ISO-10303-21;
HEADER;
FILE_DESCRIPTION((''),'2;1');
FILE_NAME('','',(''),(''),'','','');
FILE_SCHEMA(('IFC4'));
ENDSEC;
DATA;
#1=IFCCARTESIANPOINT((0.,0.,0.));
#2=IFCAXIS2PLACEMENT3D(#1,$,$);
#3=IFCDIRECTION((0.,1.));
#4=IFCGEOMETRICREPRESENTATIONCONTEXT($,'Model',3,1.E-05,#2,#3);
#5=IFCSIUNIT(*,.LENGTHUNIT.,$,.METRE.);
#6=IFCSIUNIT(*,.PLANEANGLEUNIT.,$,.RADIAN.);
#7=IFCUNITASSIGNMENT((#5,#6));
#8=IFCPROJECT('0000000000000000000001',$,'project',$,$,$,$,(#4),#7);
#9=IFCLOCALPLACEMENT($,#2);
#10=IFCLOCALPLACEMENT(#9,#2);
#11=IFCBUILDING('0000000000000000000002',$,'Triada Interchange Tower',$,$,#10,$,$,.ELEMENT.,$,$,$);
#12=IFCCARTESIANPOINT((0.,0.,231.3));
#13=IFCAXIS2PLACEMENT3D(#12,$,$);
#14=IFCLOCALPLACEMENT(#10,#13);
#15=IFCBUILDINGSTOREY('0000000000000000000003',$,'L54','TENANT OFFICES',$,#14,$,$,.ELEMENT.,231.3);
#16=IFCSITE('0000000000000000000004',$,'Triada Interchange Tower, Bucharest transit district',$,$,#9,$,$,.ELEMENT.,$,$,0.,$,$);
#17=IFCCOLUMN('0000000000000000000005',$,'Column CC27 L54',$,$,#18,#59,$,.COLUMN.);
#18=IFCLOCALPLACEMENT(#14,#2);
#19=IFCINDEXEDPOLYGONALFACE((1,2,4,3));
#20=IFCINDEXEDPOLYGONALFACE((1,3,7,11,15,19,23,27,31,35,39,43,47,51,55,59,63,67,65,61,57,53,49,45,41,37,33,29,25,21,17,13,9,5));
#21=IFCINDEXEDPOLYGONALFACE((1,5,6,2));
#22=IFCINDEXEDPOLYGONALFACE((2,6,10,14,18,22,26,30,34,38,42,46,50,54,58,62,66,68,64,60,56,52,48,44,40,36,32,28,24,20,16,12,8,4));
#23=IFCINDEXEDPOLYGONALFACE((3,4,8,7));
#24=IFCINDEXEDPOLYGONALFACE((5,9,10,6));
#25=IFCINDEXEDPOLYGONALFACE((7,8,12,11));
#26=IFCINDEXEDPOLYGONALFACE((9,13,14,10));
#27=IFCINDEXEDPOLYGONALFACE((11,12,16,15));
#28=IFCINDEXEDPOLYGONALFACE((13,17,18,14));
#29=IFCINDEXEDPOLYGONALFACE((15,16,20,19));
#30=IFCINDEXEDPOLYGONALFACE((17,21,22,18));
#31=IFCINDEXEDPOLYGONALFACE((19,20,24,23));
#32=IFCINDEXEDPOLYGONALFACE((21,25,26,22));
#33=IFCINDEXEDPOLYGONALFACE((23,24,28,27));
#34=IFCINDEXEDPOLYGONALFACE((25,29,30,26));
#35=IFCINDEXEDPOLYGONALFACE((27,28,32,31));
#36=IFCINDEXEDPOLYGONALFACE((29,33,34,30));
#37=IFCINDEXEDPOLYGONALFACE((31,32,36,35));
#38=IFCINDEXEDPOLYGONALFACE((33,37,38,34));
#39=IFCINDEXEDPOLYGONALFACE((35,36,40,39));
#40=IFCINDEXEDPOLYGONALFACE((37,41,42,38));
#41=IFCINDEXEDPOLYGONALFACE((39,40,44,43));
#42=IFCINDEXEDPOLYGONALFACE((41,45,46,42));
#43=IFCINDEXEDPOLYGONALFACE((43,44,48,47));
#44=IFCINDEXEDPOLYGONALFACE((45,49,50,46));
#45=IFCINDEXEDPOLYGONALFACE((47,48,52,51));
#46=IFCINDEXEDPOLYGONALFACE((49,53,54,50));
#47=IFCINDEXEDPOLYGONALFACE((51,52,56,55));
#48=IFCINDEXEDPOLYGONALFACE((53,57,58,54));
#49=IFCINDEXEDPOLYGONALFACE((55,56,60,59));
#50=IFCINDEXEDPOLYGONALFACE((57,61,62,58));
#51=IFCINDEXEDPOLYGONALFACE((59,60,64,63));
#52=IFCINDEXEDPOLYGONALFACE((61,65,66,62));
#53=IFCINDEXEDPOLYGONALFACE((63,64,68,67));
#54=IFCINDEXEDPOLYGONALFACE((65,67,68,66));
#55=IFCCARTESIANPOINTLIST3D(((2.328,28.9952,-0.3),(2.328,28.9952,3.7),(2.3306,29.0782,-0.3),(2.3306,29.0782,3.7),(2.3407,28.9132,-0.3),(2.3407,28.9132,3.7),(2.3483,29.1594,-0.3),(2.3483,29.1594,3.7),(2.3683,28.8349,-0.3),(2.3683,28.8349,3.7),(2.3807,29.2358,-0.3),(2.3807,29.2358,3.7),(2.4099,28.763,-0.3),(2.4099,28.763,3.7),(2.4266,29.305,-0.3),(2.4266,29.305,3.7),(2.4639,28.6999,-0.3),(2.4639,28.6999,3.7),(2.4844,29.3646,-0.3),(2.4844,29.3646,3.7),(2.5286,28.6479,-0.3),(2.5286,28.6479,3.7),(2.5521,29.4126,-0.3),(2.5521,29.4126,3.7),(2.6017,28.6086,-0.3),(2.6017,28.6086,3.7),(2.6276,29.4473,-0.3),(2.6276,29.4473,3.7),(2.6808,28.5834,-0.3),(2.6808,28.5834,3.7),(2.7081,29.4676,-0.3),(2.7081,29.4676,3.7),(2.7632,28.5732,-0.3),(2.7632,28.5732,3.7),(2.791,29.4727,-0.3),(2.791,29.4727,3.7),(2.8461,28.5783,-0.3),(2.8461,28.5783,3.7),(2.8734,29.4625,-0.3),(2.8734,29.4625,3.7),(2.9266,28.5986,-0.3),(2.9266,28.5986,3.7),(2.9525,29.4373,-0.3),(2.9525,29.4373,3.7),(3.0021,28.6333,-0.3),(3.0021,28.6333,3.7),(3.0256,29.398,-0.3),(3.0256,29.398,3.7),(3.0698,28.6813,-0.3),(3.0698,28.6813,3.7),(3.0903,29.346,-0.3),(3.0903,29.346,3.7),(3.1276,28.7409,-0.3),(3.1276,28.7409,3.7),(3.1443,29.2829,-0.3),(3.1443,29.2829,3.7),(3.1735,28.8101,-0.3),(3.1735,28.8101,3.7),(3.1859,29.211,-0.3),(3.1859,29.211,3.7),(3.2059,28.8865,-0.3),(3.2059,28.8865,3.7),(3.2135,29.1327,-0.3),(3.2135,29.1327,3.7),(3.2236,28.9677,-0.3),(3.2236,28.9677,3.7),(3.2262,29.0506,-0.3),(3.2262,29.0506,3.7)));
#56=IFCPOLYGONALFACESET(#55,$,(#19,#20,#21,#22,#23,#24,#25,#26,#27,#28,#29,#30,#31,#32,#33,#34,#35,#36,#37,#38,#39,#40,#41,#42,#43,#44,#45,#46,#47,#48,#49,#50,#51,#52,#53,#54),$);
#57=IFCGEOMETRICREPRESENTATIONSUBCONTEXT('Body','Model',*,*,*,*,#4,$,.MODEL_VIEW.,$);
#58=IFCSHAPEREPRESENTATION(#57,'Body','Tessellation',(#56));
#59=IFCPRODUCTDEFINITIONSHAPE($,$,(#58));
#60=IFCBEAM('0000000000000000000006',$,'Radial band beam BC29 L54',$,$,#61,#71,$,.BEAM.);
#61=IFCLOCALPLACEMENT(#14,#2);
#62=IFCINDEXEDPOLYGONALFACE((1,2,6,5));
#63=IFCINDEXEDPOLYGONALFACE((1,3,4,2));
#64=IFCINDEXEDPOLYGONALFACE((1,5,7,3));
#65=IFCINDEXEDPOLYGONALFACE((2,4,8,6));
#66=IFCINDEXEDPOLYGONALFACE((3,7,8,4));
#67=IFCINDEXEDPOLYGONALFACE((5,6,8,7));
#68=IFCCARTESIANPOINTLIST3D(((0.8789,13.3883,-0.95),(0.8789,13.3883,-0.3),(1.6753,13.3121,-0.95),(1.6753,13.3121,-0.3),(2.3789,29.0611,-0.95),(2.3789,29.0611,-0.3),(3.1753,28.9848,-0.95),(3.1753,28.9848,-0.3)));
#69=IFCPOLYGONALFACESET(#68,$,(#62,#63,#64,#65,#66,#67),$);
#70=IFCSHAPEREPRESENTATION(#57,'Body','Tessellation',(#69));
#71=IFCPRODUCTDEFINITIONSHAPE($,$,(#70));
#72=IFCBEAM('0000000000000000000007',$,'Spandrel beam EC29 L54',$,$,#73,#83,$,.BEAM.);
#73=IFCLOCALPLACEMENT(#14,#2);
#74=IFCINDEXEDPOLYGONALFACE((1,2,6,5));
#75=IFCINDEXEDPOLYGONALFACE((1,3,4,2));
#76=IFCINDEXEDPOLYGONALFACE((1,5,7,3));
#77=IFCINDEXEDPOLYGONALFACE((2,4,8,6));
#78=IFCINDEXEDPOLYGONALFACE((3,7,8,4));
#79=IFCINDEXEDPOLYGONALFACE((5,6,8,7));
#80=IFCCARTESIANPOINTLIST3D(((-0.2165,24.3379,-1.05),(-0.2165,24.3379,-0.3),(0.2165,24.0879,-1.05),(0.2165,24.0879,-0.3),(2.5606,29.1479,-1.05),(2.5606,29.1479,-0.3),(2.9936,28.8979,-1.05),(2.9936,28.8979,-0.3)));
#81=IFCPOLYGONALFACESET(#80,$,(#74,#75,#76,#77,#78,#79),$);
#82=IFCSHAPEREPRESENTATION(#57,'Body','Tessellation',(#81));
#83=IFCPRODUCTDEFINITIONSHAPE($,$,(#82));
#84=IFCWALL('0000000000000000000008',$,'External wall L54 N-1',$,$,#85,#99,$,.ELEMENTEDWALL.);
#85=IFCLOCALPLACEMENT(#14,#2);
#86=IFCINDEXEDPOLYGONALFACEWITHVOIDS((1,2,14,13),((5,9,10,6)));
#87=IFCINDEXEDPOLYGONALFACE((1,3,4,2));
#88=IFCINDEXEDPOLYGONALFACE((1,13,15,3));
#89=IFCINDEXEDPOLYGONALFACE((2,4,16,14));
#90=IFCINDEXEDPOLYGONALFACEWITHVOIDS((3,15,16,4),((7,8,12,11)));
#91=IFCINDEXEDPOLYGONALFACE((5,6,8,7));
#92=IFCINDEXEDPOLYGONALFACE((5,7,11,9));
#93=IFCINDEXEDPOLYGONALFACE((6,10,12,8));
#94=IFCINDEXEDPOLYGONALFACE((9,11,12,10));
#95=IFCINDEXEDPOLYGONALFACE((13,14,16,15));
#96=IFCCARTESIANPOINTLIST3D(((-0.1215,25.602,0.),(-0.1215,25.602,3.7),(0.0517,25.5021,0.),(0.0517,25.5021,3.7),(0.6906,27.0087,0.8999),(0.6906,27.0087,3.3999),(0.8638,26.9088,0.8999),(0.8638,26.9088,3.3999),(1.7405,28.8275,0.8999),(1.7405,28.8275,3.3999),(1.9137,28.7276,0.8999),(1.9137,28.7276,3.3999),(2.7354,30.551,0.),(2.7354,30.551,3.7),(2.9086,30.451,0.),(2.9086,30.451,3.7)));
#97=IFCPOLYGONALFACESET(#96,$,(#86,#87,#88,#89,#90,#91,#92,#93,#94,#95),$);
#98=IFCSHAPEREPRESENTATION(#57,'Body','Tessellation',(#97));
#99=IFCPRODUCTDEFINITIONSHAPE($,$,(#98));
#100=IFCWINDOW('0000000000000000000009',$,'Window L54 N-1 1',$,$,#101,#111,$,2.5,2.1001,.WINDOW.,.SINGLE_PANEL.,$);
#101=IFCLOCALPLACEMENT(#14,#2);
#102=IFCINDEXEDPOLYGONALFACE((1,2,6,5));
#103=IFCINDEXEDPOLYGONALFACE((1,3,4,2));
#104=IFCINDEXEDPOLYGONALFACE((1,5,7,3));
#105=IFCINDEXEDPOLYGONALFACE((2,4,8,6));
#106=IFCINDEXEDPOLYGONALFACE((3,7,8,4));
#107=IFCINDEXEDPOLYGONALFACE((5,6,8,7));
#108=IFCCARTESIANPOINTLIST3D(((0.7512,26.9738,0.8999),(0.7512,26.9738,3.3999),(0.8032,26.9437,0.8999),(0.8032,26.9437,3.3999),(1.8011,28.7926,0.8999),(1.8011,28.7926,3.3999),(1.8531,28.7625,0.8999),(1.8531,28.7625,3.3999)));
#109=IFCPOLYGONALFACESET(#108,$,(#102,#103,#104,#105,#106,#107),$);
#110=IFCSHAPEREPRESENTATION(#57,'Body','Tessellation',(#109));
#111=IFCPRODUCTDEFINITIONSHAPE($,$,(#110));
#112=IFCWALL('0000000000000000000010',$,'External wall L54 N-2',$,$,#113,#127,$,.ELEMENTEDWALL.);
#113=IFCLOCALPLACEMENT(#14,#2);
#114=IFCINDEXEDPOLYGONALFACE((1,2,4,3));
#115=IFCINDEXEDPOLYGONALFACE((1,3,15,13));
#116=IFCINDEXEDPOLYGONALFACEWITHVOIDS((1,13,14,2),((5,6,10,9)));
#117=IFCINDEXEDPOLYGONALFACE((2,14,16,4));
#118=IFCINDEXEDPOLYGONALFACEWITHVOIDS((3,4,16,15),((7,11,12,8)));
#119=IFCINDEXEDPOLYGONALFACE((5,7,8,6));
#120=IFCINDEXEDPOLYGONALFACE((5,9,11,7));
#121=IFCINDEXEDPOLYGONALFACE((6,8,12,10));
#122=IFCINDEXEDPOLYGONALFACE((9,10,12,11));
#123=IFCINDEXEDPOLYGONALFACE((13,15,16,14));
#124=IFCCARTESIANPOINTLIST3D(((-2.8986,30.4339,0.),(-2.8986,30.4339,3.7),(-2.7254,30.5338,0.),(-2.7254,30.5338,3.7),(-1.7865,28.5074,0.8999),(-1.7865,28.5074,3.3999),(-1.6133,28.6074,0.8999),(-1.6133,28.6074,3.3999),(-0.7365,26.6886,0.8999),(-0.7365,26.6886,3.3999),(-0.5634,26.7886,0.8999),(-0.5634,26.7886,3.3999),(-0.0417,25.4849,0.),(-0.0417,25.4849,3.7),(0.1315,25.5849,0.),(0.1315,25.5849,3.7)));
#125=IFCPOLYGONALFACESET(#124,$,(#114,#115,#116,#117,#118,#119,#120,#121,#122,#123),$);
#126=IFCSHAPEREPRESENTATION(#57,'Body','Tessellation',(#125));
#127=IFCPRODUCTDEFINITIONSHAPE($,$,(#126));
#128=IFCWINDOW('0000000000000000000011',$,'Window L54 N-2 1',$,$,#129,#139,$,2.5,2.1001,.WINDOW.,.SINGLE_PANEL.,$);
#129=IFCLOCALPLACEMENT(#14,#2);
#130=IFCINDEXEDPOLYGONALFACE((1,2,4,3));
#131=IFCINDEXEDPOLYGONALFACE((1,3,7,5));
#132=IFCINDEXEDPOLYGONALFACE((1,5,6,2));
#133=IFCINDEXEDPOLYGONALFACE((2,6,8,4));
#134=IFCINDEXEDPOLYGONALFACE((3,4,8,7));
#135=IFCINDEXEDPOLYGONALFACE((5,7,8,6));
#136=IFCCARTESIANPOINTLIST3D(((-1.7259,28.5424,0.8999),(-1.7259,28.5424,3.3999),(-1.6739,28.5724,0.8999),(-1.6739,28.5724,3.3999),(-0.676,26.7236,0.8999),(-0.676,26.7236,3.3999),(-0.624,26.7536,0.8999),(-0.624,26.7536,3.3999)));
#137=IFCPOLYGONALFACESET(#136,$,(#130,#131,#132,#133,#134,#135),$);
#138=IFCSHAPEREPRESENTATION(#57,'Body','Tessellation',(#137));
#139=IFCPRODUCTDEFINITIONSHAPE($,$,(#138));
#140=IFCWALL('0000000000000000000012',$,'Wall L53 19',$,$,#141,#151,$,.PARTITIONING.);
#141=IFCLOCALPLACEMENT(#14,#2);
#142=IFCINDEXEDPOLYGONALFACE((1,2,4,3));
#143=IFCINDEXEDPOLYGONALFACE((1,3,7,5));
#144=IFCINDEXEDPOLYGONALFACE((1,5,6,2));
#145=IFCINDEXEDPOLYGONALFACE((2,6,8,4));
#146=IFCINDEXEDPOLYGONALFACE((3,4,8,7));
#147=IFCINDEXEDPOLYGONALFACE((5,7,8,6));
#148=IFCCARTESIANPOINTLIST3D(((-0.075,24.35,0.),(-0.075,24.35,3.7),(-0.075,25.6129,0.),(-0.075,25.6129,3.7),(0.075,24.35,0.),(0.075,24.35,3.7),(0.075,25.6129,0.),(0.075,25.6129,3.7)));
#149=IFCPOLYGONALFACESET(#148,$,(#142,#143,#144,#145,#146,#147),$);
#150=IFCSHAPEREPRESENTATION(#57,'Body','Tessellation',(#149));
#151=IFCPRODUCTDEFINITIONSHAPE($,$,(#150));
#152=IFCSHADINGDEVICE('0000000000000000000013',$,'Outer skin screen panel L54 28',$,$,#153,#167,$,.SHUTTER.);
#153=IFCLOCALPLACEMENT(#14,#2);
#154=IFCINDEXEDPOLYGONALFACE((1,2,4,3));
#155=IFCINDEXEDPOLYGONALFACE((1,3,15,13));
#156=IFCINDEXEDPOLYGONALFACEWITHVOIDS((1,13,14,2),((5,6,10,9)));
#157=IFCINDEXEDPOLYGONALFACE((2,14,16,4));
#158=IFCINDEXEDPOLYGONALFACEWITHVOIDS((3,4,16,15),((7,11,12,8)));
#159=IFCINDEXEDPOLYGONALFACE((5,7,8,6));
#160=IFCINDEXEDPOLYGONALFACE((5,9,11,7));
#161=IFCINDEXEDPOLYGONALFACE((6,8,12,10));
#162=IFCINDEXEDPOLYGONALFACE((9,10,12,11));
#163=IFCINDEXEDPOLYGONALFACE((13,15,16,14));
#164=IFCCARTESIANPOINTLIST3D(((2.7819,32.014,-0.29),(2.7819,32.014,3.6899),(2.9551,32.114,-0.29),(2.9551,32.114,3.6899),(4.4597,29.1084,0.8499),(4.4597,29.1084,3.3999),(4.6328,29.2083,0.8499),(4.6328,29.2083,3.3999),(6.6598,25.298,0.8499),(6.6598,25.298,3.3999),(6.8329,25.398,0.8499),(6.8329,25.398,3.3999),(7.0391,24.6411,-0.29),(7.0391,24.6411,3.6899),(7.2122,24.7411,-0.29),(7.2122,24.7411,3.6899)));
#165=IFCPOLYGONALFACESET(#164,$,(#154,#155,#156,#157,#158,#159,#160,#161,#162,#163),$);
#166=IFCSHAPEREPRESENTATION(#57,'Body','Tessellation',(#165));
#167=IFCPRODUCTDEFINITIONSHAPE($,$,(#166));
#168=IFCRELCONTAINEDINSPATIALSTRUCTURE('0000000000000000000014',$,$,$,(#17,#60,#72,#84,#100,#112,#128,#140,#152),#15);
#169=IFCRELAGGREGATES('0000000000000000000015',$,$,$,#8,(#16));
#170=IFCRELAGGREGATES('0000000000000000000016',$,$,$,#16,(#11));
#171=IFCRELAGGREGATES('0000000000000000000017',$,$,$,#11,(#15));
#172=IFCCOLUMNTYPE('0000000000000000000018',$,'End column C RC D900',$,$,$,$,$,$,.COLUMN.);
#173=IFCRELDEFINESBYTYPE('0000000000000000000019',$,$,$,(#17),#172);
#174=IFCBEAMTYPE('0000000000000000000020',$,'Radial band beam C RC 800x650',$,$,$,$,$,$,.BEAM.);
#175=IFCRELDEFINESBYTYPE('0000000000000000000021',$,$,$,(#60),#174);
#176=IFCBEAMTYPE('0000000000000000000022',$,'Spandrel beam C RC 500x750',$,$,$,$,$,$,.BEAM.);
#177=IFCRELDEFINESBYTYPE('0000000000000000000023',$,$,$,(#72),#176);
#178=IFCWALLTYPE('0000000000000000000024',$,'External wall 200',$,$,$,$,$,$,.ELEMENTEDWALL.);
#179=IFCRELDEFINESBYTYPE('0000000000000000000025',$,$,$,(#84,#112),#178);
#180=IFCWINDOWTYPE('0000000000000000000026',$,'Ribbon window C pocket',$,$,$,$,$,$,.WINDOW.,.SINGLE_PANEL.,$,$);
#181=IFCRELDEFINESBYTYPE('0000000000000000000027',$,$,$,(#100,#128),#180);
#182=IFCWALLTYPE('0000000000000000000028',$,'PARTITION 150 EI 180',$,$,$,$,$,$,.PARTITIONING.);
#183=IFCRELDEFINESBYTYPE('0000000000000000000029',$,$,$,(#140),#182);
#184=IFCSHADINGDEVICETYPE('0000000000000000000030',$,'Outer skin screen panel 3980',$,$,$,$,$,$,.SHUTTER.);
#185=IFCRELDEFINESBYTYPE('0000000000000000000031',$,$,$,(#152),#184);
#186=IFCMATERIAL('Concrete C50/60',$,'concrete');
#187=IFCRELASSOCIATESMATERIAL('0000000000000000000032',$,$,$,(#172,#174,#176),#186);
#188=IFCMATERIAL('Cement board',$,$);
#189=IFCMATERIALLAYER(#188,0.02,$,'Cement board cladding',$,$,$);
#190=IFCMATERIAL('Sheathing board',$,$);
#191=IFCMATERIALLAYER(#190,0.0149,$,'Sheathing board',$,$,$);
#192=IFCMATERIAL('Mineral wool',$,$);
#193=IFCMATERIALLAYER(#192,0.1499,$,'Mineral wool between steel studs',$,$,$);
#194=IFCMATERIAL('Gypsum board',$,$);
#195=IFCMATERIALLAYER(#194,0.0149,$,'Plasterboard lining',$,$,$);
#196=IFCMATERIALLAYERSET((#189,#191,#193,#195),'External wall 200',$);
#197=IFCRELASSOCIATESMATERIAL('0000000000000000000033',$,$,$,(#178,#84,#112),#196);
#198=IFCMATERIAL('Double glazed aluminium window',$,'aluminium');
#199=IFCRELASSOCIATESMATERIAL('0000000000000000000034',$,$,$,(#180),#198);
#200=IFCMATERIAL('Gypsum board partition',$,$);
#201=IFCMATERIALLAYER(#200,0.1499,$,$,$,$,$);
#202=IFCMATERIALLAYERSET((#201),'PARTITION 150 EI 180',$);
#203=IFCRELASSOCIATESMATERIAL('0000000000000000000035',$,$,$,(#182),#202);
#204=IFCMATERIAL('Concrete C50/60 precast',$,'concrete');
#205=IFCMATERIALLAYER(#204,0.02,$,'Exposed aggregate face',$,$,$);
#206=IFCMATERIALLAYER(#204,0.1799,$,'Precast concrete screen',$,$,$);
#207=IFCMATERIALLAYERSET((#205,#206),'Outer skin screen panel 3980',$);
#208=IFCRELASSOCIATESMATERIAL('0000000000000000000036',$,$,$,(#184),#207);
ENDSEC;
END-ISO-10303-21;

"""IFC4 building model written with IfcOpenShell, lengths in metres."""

from ifc_helpers import new_model, si_unit, direction, frame, frame_2d, origin, origin_2d, place, context, subcontext, project, spatial, polyline, rectangle, circle, outline, extrude, material, layer, layer_set, layer_usage, material_profile, profile_set, type_object, element, fill, save


model = new_model("IFC4")

# Units and contexts
model_context = context("Model", 3, precision=1e-05, world=origin(), true_north=direction((0.0, 1.0)))
body_context = subcontext(model_context, "Body", "Model", "MODEL_VIEW")
ifc_project = project(units=[si_unit("LENGTHUNIT", "METRE"), si_unit("PLANEANGLEUNIT", "RADIAN")], contexts=[model_context])

# Site, building, storey
site_placement = place(None, origin())
site = spatial("IfcSite", under=ifc_project, at=site_placement, Name="Triada Interchange Tower, Bucharest transit district", CompositionType="ELEMENT", RefElevation=0.0)
building_placement = place(site_placement, origin())
building = spatial("IfcBuilding", under=site, at=building_placement, Name="Triada Interchange Tower", CompositionType="ELEMENT")
storey_placement = place(building_placement, frame((0.0, 0.0, 231.3)))
storey = spatial("IfcBuildingStorey", under=building, at=storey_placement, Name="L54", Description="TENANT OFFICES", CompositionType="ELEMENT", Elevation=231.3)

# Column
ifc_material_1 = material(Name="Concrete C50/60", Category="concrete")
ifc_material_profile_1 = material_profile(ifc_material_1, circle(Radius=0.45, at=origin_2d()), Name="RC D900")
ifc_profile_set_1 = profile_set([ifc_material_profile_1], Name="Concrete C50/60")
column_type = type_object("IfcColumnType", Name="End column C RC D900", PredefinedType="COLUMN", material=ifc_profile_set_1)
column_placement = place(storey_placement, frame((2.7771, 29.0229, -0.3), z_axis=(0.0, 0.0, 1.0), x_axis=(-0.5, 0.866025, 0.0)))
element("IfcColumn", 1, at=column_placement, inside=storey, type_object=column_type, Name="Column CC27 L54", PredefinedType="COLUMN", context=body_context, shape_type="SweptSolid", body=[
    extrude(circle(Radius=0.45, at=origin_2d()), origin(), (0.0, 0.0, 1.0), 4.0),
])

# Beams
ifc_material_profile_2 = material_profile(ifc_material_1, rectangle(XDim=0.8, YDim=0.6499, at=origin_2d()), Name="RC 800x650")
ifc_profile_set_2 = profile_set([ifc_material_profile_2], Name="Concrete C50/60")
beam_type_1 = type_object("IfcBeamType", Name="Radial band beam C RC 800x650", PredefinedType="BEAM", material=ifc_profile_set_2)
beam_1_placement = place(storey_placement, frame((2.7771, 29.0229, -0.625), z_axis=(-0.095272, -0.995451, 0.0), x_axis=(0.995451, -0.095272, 0.0)))
element("IfcBeam", 2, at=beam_1_placement, inside=storey, type_object=beam_type_1, Name="Radial band beam BC29 L54", PredefinedType="BEAM", context=body_context, shape_type="SweptSolid", body=[
    extrude(rectangle(XDim=0.8, YDim=0.6499, at=origin_2d()), origin(), (0.0, 0.0, 1.0), 15.7444),
])
ifc_material_profile_3 = material_profile(ifc_material_1, rectangle(XDim=0.5, YDim=0.75, at=origin_2d()), Name="RC 500x750")
ifc_profile_set_3 = profile_set([ifc_material_profile_3], Name="Concrete C50/60")
beam_type_2 = type_object("IfcBeamType", Name="Spandrel beam C RC 500x750", PredefinedType="BEAM", material=ifc_profile_set_3)
beam_2_placement = place(storey_placement, frame((2.7771, 29.0229, -0.675), z_axis=(-0.500001, -0.866025, 0.0), x_axis=(0.866025, -0.500001, 0.0)))
element("IfcBeam", 3, at=beam_2_placement, inside=storey, type_object=beam_type_2, Name="Spandrel beam EC29 L54", PredefinedType="BEAM", context=body_context, shape_type="SweptSolid", body=[
    extrude(rectangle(XDim=0.5, YDim=0.75, at=origin_2d()), origin(), (0.0, 0.0, 1.0), 5.5542),
])

# Walls, openings, windows
ifc_material_2 = material(Name="Cement board")
ifc_layer_1 = layer(ifc_material_2, 0.02, Name="Cement board cladding")
ifc_material_3 = material(Name="Sheathing board")
ifc_layer_2 = layer(ifc_material_3, 0.0149, Name="Sheathing board")
ifc_material_4 = material(Name="Mineral wool")
ifc_layer_3 = layer(ifc_material_4, 0.1499, Name="Mineral wool between steel studs")
ifc_material_5 = material(Name="Gypsum board")
ifc_layer_4 = layer(ifc_material_5, 0.0149, Name="Plasterboard lining")
ifc_layer_set_1 = layer_set([ifc_layer_1, ifc_layer_2, ifc_layer_3, ifc_layer_4], Name="External wall 200")
ifc_layer_usage = layer_usage(ifc_layer_set_1, "AXIS2", "POSITIVE", -0.1001)
wall_type_1 = type_object("IfcWallType", Name="External wall 200", PredefinedType="ELEMENTEDWALL", material=ifc_layer_set_1)
wall_1_placement = place(storey_placement, frame((2.822, 30.501, 0.0), z_axis=(0.0, 0.0, 1.0), x_axis=(-0.499953, -0.866053, 0.0)))
wall_1 = element("IfcWall", 4, at=wall_1_placement, inside=storey, type_object=wall_type_1, material=ifc_layer_usage, Name="External wall L54 N-1", PredefinedType="ELEMENTEDWALL", context=body_context, shape_type="SweptSolid", body=[
    extrude(rectangle(XDim=5.7144, YDim=0.2, at=frame_2d((2.8572, 0.0))), origin(), (0.0, 0.0, 1.0), 3.7),
])
opening_1_placement = place(wall_1_placement, frame((1.99, 0.0, 0.8999)))
opening_1 = element("IfcOpeningElement", 5, at=opening_1_placement, cuts=wall_1, PredefinedType="OPENING", context=body_context, shape_type="SweptSolid", body=[
    extrude(rectangle(XDim=2.1001, YDim=2.5, at=frame_2d((1.05, 1.25))), frame((0.0, 0.1099, 0.0), z_axis=(0.0, -1.0, 0.0), x_axis=(1.0, 0.0, 0.0)), (0.0, 0.0, 1.0), 0.22),
])
ifc_material_6 = material(Name="Double glazed aluminium window", Category="aluminium")
window_type = type_object("IfcWindowType", Name="Ribbon window C pocket", PartitioningType="SINGLE_PANEL", PredefinedType="WINDOW", material=ifc_material_6)
window_1_placement = place(opening_1_placement, origin())
window_1 = element("IfcWindow", 6, at=window_1_placement, inside=storey, type_object=window_type, Name="Window L54 N-1 1", OverallHeight=2.5, OverallWidth=2.1001, PartitioningType="SINGLE_PANEL", PredefinedType="WINDOW", context=body_context, shape_type="SweptSolid", body=[
    extrude(rectangle(XDim=2.1001, YDim=2.5, at=frame_2d((1.05, 1.25))), frame((0.0, 0.03, 0.0), z_axis=(0.0, -1.0, 0.0), x_axis=(1.0, 0.0, 0.0)), (0.0, 0.0, 1.0), 0.0601),
])
fill(opening_1, window_1)
wall_2_placement = place(storey_placement, frame((0.0449, 25.5349, 0.0), z_axis=(0.0, 0.0, 1.0), x_axis=(-0.499953, 0.866053, 0.0)))
wall_2 = element("IfcWall", 7, at=wall_2_placement, inside=storey, type_object=wall_type_1, material=ifc_layer_usage, Name="External wall L54 N-2", PredefinedType="ELEMENTEDWALL", context=body_context, shape_type="SweptSolid", body=[
    extrude(rectangle(XDim=5.7144, YDim=0.2, at=frame_2d((2.8572, 0.0))), origin(), (0.0, 0.0, 1.0), 3.7),
])
opening_2_placement = place(wall_2_placement, frame((1.3899, 0.0, 0.8999)))
opening_2 = element("IfcOpeningElement", 8, at=opening_2_placement, cuts=wall_2, PredefinedType="OPENING", context=body_context, shape_type="SweptSolid", body=[
    extrude(rectangle(XDim=2.1001, YDim=2.5, at=frame_2d((1.05, 1.25))), frame((0.0, 0.1099, 0.0), z_axis=(0.0, -1.0, 0.0), x_axis=(1.0, 0.0, 0.0)), (0.0, 0.0, 1.0), 0.22),
])
window_2_placement = place(opening_2_placement, origin())
window_2 = element("IfcWindow", 9, at=window_2_placement, inside=storey, type_object=window_type, Name="Window L54 N-2 1", OverallHeight=2.5, OverallWidth=2.1001, PartitioningType="SINGLE_PANEL", PredefinedType="WINDOW", context=body_context, shape_type="SweptSolid", body=[
    extrude(rectangle(XDim=2.1001, YDim=2.5, at=frame_2d((1.05, 1.25))), frame((0.0, 0.03, 0.0), z_axis=(0.0, -1.0, 0.0), x_axis=(1.0, 0.0, 0.0)), (0.0, 0.0, 1.0), 0.0601),
])
fill(opening_2, window_2)

# Wall
ifc_material_7 = material(Name="Gypsum board partition")
ifc_layer_5 = layer(ifc_material_7, 0.1499)
ifc_layer_set_2 = layer_set([ifc_layer_5], Name="PARTITION 150 EI 180")
wall_type_2 = type_object("IfcWallType", Name="PARTITION 150 EI 180", PredefinedType="PARTITIONING", material=ifc_layer_set_2)
wall_3_placement = place(storey_placement, frame((0.0, 24.3501, 0.0), z_axis=(0.0, 0.0, 1.0), x_axis=(0.0, 1.0, 0.0)))
element("IfcWall", 10, at=wall_3_placement, inside=storey, type_object=wall_type_2, Name="Wall L53 19", PredefinedType="PARTITIONING", context=body_context, shape_type="SweptSolid", body=[
    extrude(rectangle(XDim=1.2629, YDim=0.1499, at=frame_2d((0.6313, 0.0))), origin(), (0.0, 0.0, 1.0), 3.7),
])

# Shading device
ifc_material_8 = material(Name="Concrete C50/60 precast", Category="concrete")
ifc_layer_6 = layer(ifc_material_8, 0.02, Name="Exposed aggregate face")
ifc_layer_7 = layer(ifc_material_8, 0.1799, Name="Precast concrete screen")
ifc_layer_set_3 = layer_set([ifc_layer_6, ifc_layer_7], Name="Outer skin screen panel 3980")
shading_device_type = type_object("IfcShadingDeviceType", Name="Outer skin screen panel 3980", PredefinedType="SHUTTER", material=ifc_layer_set_3)
shading_device_1_placement = place(storey_placement, frame((7.0391, 24.6411, -0.29), z_axis=(0.0, 0.0, 1.0), x_axis=(-0.500034, 0.866006, 0.0)))
element("IfcShadingDevice", 11, at=shading_device_1_placement, inside=storey, type_object=shading_device_type, Name="Outer skin screen panel L54 28", PredefinedType="SHUTTER", context=body_context, shape_type="SweptSolid", body=[
    extrude(outline(polyline([(0.0, 0.0), (8.5137, 0.0), (8.5137, 3.98), (0.0, 3.98), (0.0, 0.0)]), holes=[polyline([(0.7585, 1.1399), (0.7585, 3.6899), (5.1584, 3.6899), (5.1584, 1.1399), (0.7585, 1.1399)])]), frame((0.0, 0.0, 0.0), z_axis=(0.0, -1.0, 0.0), x_axis=(1.0, 0.0, 0.0)), (0.0, 0.0, 1.0), 0.2),
])

save(model, "model.ifc")
